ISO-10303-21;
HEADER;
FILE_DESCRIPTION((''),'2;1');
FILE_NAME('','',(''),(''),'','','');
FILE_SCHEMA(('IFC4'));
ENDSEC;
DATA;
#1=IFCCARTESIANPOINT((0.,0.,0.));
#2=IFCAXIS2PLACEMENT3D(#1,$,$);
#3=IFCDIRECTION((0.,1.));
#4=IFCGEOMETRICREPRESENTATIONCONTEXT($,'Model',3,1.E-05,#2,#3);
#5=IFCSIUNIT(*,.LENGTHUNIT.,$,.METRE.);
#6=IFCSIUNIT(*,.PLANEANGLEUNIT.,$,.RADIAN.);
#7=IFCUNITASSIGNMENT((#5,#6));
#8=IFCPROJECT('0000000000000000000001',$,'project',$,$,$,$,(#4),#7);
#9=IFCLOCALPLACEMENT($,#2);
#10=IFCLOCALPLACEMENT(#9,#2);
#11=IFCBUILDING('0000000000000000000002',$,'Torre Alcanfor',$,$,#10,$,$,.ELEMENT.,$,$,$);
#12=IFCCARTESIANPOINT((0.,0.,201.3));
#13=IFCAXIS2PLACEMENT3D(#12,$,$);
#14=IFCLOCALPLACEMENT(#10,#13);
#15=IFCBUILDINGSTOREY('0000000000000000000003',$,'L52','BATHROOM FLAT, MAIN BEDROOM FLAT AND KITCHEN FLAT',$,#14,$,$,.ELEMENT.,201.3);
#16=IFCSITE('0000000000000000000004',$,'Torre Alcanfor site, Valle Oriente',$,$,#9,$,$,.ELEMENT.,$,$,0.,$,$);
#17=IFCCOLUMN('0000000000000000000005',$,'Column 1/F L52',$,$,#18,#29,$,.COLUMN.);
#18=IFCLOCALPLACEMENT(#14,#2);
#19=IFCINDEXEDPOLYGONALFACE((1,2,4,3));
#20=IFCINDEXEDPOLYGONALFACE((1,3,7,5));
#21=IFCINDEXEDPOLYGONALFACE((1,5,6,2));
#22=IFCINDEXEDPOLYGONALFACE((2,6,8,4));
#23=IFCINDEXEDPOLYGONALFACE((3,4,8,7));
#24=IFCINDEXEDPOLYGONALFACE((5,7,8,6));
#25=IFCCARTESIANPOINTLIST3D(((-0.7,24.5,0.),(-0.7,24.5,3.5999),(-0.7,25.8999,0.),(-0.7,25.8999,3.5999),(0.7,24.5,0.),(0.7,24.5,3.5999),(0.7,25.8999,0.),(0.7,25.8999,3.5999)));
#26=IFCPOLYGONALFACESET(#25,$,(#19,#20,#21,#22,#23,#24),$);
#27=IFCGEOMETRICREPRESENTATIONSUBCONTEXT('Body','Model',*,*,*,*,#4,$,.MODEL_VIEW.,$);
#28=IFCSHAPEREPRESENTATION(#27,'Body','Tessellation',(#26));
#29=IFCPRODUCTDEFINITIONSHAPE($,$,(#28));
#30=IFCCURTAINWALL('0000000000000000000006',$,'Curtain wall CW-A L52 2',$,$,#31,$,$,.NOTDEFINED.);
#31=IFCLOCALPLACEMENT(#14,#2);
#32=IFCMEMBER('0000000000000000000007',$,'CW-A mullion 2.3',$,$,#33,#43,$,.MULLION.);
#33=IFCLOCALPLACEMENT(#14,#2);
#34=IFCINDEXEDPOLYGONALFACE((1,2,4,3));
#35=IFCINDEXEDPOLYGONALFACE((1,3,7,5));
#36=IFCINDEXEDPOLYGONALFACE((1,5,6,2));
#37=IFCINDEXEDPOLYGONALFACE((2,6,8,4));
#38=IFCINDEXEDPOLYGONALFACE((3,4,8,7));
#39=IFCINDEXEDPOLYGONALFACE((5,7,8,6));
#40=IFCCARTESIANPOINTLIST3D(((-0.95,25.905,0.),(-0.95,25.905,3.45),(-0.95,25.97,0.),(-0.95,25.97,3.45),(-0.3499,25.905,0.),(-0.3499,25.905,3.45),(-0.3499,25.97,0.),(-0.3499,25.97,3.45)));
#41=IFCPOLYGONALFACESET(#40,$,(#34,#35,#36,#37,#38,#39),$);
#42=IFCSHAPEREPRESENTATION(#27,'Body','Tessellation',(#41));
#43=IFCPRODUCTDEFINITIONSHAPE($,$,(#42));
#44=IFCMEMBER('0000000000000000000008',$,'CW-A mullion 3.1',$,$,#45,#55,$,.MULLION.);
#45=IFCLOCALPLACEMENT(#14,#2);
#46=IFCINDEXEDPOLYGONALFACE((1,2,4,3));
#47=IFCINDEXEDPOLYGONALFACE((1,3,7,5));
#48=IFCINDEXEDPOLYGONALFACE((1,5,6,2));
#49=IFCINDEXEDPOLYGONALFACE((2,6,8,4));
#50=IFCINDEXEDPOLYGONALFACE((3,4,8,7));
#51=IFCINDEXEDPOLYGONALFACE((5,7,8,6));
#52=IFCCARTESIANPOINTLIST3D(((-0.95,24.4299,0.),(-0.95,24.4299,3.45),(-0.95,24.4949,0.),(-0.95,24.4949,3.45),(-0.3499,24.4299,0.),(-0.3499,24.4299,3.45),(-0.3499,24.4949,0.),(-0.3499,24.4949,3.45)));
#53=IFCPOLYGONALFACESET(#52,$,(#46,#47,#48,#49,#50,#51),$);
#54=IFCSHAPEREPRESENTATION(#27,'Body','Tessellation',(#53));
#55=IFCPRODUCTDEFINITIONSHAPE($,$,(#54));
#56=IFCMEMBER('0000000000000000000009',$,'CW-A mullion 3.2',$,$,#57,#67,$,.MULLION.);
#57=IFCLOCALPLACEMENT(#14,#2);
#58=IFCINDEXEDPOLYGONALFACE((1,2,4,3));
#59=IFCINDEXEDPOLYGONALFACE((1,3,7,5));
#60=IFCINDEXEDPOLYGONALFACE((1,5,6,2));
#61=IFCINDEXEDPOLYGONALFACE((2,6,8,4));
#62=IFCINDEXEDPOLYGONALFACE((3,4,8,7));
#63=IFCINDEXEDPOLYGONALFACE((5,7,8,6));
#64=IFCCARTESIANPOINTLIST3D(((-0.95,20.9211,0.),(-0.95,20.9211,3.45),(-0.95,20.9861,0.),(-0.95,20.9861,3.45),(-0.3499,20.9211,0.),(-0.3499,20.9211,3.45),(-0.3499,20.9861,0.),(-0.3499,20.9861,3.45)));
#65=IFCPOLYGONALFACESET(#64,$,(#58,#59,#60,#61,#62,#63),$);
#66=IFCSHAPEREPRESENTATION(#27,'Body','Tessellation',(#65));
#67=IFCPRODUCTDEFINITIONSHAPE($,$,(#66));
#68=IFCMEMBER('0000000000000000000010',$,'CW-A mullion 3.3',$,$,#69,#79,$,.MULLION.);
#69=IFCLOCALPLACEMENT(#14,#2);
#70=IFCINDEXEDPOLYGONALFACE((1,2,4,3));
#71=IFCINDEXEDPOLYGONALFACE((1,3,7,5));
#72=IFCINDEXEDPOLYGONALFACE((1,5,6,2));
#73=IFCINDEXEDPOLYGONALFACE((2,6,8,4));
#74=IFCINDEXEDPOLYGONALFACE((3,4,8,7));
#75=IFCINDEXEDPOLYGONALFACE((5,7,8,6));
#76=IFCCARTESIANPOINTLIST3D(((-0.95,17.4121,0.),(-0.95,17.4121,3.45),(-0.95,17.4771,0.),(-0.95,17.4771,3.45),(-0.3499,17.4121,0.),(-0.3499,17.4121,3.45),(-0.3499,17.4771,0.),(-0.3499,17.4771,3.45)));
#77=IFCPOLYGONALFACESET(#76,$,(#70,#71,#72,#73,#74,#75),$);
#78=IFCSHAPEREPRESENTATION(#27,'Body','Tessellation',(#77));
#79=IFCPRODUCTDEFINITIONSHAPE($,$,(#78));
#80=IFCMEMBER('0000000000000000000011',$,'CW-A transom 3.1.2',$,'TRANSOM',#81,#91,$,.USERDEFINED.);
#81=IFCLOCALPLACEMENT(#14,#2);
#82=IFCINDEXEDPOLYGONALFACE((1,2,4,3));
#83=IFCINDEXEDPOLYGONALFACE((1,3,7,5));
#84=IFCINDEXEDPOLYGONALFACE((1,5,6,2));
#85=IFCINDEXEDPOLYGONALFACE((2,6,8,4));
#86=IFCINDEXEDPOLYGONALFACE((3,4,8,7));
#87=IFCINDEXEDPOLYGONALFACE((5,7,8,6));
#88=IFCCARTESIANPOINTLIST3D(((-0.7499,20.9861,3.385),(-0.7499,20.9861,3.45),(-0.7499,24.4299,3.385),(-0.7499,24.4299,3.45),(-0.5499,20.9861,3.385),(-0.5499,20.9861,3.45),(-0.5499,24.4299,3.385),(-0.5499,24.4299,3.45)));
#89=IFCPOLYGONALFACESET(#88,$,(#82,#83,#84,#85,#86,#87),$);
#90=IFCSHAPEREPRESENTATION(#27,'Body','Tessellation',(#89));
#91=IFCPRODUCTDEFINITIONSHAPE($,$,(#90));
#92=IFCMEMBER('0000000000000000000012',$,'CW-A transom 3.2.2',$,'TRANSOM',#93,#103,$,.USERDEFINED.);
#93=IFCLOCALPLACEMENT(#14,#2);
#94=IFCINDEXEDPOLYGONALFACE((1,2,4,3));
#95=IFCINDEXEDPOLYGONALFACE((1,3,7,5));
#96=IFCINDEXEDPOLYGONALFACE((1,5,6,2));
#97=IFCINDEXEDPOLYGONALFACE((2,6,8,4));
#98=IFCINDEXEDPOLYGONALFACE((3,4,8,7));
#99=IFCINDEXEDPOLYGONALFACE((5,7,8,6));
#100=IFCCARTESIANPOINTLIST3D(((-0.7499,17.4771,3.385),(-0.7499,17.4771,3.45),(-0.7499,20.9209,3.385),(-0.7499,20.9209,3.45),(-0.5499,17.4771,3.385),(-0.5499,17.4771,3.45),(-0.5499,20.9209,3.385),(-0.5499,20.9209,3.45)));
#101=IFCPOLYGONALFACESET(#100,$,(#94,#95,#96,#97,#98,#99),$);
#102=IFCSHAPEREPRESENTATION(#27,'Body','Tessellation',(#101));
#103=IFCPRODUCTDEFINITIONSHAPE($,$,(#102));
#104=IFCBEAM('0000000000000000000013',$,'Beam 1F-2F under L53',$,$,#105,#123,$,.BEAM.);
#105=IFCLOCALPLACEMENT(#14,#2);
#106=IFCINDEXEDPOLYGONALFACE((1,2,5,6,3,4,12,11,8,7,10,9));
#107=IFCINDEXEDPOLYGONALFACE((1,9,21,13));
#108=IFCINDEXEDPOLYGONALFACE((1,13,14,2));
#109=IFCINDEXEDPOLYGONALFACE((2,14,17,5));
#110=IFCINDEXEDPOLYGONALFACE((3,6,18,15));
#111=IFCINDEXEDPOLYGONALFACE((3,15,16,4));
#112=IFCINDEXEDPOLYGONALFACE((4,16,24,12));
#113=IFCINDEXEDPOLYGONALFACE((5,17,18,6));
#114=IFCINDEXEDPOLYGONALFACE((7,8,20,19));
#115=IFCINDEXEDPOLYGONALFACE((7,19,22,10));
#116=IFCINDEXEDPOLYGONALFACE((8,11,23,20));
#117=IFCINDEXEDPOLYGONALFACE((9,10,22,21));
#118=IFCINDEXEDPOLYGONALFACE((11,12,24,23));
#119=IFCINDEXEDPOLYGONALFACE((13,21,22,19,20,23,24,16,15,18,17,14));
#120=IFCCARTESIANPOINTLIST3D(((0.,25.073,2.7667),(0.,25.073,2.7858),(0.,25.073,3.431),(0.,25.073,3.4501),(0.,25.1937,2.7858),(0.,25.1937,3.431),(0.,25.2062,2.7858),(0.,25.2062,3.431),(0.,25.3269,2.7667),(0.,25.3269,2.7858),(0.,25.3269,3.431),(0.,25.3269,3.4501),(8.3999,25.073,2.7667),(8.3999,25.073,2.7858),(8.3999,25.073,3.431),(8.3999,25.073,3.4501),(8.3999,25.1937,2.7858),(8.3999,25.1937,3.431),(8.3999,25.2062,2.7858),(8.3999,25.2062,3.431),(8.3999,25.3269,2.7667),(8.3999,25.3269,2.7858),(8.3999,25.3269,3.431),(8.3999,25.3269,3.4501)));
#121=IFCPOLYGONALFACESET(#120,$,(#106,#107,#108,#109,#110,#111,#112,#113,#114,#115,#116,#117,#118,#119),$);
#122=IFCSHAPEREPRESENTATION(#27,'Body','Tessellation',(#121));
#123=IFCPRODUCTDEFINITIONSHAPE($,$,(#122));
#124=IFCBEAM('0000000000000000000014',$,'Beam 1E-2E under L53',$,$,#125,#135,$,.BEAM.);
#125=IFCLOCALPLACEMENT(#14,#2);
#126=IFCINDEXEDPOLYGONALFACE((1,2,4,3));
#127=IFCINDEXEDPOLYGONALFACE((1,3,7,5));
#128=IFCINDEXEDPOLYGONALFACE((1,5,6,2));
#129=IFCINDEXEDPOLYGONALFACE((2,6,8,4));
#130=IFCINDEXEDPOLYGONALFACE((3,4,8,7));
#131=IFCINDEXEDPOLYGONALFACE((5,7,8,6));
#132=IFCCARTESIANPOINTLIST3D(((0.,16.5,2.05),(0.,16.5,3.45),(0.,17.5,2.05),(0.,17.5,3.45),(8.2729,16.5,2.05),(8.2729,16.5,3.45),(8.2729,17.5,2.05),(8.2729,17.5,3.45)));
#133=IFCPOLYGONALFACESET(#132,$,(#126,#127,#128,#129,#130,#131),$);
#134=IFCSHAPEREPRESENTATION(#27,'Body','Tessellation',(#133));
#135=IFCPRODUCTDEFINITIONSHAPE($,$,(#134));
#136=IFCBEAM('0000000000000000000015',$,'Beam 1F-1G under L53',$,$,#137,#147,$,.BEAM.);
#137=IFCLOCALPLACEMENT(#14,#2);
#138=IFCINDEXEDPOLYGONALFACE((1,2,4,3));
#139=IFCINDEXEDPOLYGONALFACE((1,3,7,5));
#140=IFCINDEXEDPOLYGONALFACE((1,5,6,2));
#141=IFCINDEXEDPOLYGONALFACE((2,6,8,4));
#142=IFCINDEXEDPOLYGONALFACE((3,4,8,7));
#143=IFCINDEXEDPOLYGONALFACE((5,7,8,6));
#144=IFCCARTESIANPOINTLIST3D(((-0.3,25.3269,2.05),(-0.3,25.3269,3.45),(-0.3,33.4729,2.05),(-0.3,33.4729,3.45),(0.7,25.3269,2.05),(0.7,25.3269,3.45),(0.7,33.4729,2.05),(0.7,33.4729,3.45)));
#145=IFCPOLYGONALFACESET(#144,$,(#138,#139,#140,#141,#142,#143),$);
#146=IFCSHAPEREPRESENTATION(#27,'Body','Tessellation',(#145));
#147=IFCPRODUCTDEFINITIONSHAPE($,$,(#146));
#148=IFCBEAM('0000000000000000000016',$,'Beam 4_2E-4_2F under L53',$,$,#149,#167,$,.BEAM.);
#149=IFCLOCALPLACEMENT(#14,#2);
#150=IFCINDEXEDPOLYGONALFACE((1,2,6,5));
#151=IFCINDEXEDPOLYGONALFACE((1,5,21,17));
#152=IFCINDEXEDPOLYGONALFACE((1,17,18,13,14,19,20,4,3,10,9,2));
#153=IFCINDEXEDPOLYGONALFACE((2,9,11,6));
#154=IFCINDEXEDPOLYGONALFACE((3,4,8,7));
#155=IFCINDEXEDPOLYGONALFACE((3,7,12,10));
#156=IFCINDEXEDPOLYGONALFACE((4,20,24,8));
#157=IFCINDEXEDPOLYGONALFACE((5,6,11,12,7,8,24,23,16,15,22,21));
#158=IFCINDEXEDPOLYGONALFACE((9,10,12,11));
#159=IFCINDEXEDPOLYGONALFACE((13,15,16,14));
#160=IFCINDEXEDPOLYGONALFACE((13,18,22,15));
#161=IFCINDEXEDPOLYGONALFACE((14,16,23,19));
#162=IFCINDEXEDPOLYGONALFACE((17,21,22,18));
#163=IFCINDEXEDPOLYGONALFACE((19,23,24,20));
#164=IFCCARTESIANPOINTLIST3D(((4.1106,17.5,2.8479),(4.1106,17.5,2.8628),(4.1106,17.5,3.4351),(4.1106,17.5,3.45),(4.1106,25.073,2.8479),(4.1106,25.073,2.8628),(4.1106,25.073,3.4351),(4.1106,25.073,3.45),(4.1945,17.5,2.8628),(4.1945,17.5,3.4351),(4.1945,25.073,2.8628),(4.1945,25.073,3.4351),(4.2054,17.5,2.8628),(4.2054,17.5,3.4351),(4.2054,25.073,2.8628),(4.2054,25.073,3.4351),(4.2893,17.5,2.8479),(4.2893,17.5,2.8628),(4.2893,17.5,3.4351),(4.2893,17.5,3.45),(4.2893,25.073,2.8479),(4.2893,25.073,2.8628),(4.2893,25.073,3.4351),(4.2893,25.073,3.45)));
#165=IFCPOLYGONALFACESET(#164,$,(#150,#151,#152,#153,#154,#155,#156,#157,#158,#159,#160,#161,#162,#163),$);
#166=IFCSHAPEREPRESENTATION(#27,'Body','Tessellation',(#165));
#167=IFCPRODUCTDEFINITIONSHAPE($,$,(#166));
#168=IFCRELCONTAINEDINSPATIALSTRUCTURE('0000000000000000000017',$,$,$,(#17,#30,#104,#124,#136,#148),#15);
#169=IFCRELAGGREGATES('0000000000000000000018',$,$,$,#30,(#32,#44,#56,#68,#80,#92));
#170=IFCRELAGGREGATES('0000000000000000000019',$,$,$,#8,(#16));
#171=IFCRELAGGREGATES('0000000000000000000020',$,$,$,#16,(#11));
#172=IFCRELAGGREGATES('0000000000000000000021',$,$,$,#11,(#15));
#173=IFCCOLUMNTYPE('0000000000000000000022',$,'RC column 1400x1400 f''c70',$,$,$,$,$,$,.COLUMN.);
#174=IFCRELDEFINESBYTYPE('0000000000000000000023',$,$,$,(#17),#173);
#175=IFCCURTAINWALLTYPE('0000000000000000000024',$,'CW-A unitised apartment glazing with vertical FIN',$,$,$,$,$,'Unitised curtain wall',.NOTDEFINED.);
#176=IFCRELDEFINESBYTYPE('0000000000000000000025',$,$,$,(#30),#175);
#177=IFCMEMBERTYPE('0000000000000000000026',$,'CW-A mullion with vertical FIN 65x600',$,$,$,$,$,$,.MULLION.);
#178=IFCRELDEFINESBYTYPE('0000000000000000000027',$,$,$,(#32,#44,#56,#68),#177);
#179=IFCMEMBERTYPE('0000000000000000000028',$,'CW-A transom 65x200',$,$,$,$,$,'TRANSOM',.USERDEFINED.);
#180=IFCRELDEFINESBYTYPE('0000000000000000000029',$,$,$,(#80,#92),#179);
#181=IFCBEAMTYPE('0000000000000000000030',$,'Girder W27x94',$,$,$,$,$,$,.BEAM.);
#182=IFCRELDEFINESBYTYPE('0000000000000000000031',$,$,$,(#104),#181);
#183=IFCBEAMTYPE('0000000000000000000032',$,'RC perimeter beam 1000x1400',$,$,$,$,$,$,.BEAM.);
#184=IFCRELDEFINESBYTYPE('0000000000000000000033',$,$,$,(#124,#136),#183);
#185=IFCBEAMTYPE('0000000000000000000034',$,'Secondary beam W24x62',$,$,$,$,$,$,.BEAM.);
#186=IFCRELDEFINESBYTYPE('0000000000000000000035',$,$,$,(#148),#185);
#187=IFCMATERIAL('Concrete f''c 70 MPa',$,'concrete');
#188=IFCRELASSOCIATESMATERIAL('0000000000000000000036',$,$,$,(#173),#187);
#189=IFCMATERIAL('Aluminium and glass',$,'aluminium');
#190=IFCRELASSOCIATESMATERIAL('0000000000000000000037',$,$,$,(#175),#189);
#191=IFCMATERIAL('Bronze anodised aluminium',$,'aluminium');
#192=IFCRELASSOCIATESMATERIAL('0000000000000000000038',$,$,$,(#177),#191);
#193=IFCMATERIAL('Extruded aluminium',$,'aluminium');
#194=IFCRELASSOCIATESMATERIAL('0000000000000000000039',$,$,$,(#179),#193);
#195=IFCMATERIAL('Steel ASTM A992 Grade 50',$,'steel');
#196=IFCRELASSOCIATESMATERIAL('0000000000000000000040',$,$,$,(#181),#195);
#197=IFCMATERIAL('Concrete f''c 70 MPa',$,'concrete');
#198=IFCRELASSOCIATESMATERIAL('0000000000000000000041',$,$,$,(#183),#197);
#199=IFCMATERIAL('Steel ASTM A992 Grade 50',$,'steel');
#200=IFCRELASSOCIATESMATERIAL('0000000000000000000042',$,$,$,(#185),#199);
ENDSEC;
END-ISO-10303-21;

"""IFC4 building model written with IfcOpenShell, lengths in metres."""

from ifc_helpers import new_model, si_unit, direction, frame, origin, origin_2d, place, context, subcontext, project, spatial, rectangle, i_section, extrude, material, material_profile, profile_set, type_object, element, aggregate, save


model = new_model("IFC4")

# Units and contexts
model_context = context("Model", 3, precision=1e-05, world=origin(), true_north=direction((0.0, 1.0)))
body_context = subcontext(model_context, "Body", "Model", "MODEL_VIEW")
ifc_project = project(units=[si_unit("LENGTHUNIT", "METRE"), si_unit("PLANEANGLEUNIT", "RADIAN")], contexts=[model_context])

# Site, building, storey
site_placement = place(None, origin())
site = spatial("IfcSite", under=ifc_project, at=site_placement, Name="Torre Alcanfor site, Valle Oriente", CompositionType="ELEMENT", RefElevation=0.0)
building_placement = place(site_placement, origin())
building = spatial("IfcBuilding", under=site, at=building_placement, Name="Torre Alcanfor", CompositionType="ELEMENT")
storey_placement = place(building_placement, frame((0.0, 0.0, 201.3)))
storey = spatial("IfcBuildingStorey", under=building, at=storey_placement, Name="L52", Description="BATHROOM FLAT, MAIN BEDROOM FLAT AND KITCHEN FLAT", CompositionType="ELEMENT", Elevation=201.3)

# Column
ifc_material_1 = material(Name="Concrete f'c 70 MPa", Category="concrete")
ifc_material_profile_1 = material_profile(ifc_material_1, rectangle(XDim=1.3999, YDim=1.3999, at=origin_2d()), Name="1400x1400")
ifc_profile_set_1 = profile_set([ifc_material_profile_1], Name="Concrete f'c 70 MPa")
column_type = type_object("IfcColumnType", Name="RC column 1400x1400 f'c70", PredefinedType="COLUMN", material=ifc_profile_set_1)
column_placement = place(storey_placement, frame((0.0, 25.2, 0.0), z_axis=(0.0, 0.0, 1.0), x_axis=(1.0, 0.0, 0.0)))
element("IfcColumn", 1, at=column_placement, inside=storey, type_object=column_type, Name="Column 1/F L52", PredefinedType="COLUMN", context=body_context, shape_type="SweptSolid", body=[
    extrude(rectangle(XDim=1.3999, YDim=1.3999, at=origin_2d()), origin(), (0.0, 0.0, 1.0), 3.5999),
])

# Curtain wall, members
ifc_material_2 = material(Name="Aluminium and glass", Category="aluminium")
curtain_wall_type = type_object("IfcCurtainWallType", Name="CW-A unitised apartment glazing with vertical FIN", ElementType="Unitised curtain wall", PredefinedType="NOTDEFINED", material=ifc_material_2)
curtain_wall_placement = place(storey_placement, origin())
curtain_wall = element("IfcCurtainWall", 2, at=curtain_wall_placement, inside=storey, type_object=curtain_wall_type, Name="Curtain wall CW-A L52 2", PredefinedType="NOTDEFINED")
ifc_material_3 = material(Name="Bronze anodised aluminium", Category="aluminium")
ifc_material_profile_2 = material_profile(ifc_material_3, rectangle(XDim=0.6001, YDim=0.0649, at=origin_2d()), Name="CW-A mullion 65x600")
ifc_profile_set_2 = profile_set([ifc_material_profile_2], Name="Bronze anodised aluminium")
member_type_1 = type_object("IfcMemberType", Name="CW-A mullion with vertical FIN 65x600", PredefinedType="MULLION", material=ifc_profile_set_2)
member_1_placement = place(storey_placement, frame((-0.6499, 25.9375, 0.0), z_axis=(0.0, 0.0, 1.0), x_axis=(1.0, 0.0, 0.0)))
member_1 = element("IfcMember", 3, at=member_1_placement, type_object=member_type_1, Name="CW-A mullion 2.3", PredefinedType="MULLION", context=body_context, shape_type="SweptSolid", body=[
    extrude(rectangle(XDim=0.6001, YDim=0.0649, at=origin_2d()), origin(), (0.0, 0.0, 1.0), 3.45),
])
member_2_placement = place(storey_placement, frame((-0.6499, 24.4624, 0.0), z_axis=(0.0, 0.0, 1.0), x_axis=(1.0, 0.0, 0.0)))
member_2 = element("IfcMember", 4, at=member_2_placement, type_object=member_type_1, Name="CW-A mullion 3.1", PredefinedType="MULLION", context=body_context, shape_type="SweptSolid", body=[
    extrude(rectangle(XDim=0.6001, YDim=0.0649, at=origin_2d()), origin(), (0.0, 0.0, 1.0), 3.45),
])
member_3_placement = place(storey_placement, frame((-0.6499, 20.9536, 0.0), z_axis=(0.0, 0.0, 1.0), x_axis=(1.0, 0.0, 0.0)))
member_3 = element("IfcMember", 5, at=member_3_placement, type_object=member_type_1, Name="CW-A mullion 3.2", PredefinedType="MULLION", context=body_context, shape_type="SweptSolid", body=[
    extrude(rectangle(XDim=0.6001, YDim=0.0649, at=origin_2d()), origin(), (0.0, 0.0, 1.0), 3.45),
])
member_4_placement = place(storey_placement, frame((-0.6499, 17.4446, 0.0), z_axis=(0.0, 0.0, 1.0), x_axis=(1.0, 0.0, 0.0)))
member_4 = element("IfcMember", 6, at=member_4_placement, type_object=member_type_1, Name="CW-A mullion 3.3", PredefinedType="MULLION", context=body_context, shape_type="SweptSolid", body=[
    extrude(rectangle(XDim=0.6001, YDim=0.0649, at=origin_2d()), origin(), (0.0, 0.0, 1.0), 3.45),
])
ifc_material_4 = material(Name="Extruded aluminium", Category="aluminium")
ifc_material_profile_3 = material_profile(ifc_material_4, rectangle(XDim=0.2, YDim=0.0649, at=origin_2d()), Name="CW-A transom 200x65")
ifc_profile_set_3 = profile_set([ifc_material_profile_3], Name="Extruded aluminium")
member_type_2 = type_object("IfcMemberType", Name="CW-A transom 65x200", ElementType="TRANSOM", PredefinedType="USERDEFINED", material=ifc_profile_set_3)
member_5_placement = place(storey_placement, frame((-0.6499, 24.4299, 3.4175), z_axis=(0.0, -1.0, 0.0), x_axis=(1.0, 0.0, 0.0)))
member_5 = element("IfcMember", 7, at=member_5_placement, type_object=member_type_2, Name="CW-A transom 3.1.2", ObjectType="TRANSOM", PredefinedType="USERDEFINED", context=body_context, shape_type="SweptSolid", body=[
    extrude(rectangle(XDim=0.2, YDim=0.0649, at=origin_2d()), origin(), (0.0, 0.0, 1.0), 3.4438),
])
member_6_placement = place(storey_placement, frame((-0.6499, 20.9209, 3.4175), z_axis=(0.0, -1.0, 0.0), x_axis=(1.0, 0.0, 0.0)))
member_6 = element("IfcMember", 8, at=member_6_placement, type_object=member_type_2, Name="CW-A transom 3.2.2", ObjectType="TRANSOM", PredefinedType="USERDEFINED", context=body_context, shape_type="SweptSolid", body=[
    extrude(rectangle(XDim=0.2, YDim=0.0649, at=origin_2d()), origin(), (0.0, 0.0, 1.0), 3.4438),
])

# Beams
ifc_material_5 = material(Name="Steel ASTM A992 Grade 50", Category="steel")
ifc_material_profile_4 = material_profile(ifc_material_5, i_section(OverallWidth=0.2539, OverallDepth=0.6833, WebThickness=0.0125, FlangeThickness=0.019, at=origin_2d()), Name="W27x94")
ifc_profile_set_4 = profile_set([ifc_material_profile_4], Name="Steel ASTM A992 Grade 50")
beam_type_1 = type_object("IfcBeamType", Name="Girder W27x94", PredefinedType="BEAM", material=ifc_profile_set_4)
beam_1_placement = place(storey_placement, frame((0.0, 25.2, 3.1084), z_axis=(1.0, 0.0, 0.0), x_axis=(0.0, 1.0, 0.0)))
element("IfcBeam", 9, at=beam_1_placement, inside=storey, type_object=beam_type_1, Name="Beam 1F-2F under L53", PredefinedType="BEAM", context=body_context, shape_type="SweptSolid", body=[
    extrude(i_section(OverallWidth=0.2539, OverallDepth=0.6833, WebThickness=0.0125, FlangeThickness=0.019, at=origin_2d()), origin(), (0.0, 0.0, 1.0), 8.3999),
])
ifc_material_6 = material(Name="Concrete f'c 70 MPa", Category="concrete")
ifc_material_profile_5 = material_profile(ifc_material_6, rectangle(XDim=1.0, YDim=1.3999, at=origin_2d()), Name="1000x1400")
ifc_profile_set_5 = profile_set([ifc_material_profile_5], Name="Concrete f'c 70 MPa")
beam_type_2 = type_object("IfcBeamType", Name="RC perimeter beam 1000x1400", PredefinedType="BEAM", material=ifc_profile_set_5)
beam_2_placement = place(storey_placement, frame((0.0, 17.0, 2.75), z_axis=(1.0, 0.0, 0.0), x_axis=(0.0, 1.0, 0.0)))
element("IfcBeam", 10, at=beam_2_placement, inside=storey, type_object=beam_type_2, Name="Beam 1E-2E under L53", PredefinedType="BEAM", context=body_context, shape_type="SweptSolid", body=[
    extrude(rectangle(XDim=1.0, YDim=1.3999, at=origin_2d()), origin(), (0.0, 0.0, 1.0), 8.2729),
])
beam_3_placement = place(storey_placement, frame((0.2, 25.3269, 2.75), z_axis=(0.0, 1.0, 0.0), x_axis=(-1.0, 0.0, 0.0)))
element("IfcBeam", 11, at=beam_3_placement, inside=storey, type_object=beam_type_2, Name="Beam 1F-1G under L53", PredefinedType="BEAM", context=body_context, shape_type="SweptSolid", body=[
    extrude(rectangle(XDim=1.0, YDim=1.3999, at=origin_2d()), origin(), (0.0, 0.0, 1.0), 8.146),
])
ifc_material_7 = material(Name="Steel ASTM A992 Grade 50", Category="steel")
ifc_material_profile_6 = material_profile(ifc_material_7, i_section(OverallWidth=0.1787, OverallDepth=0.6021, WebThickness=0.011, FlangeThickness=0.0149, at=origin_2d()), Name="W24x62")
ifc_profile_set_6 = profile_set([ifc_material_profile_6], Name="Steel ASTM A992 Grade 50")
beam_type_3 = type_object("IfcBeamType", Name="Secondary beam W24x62", PredefinedType="BEAM", material=ifc_profile_set_6)
beam_4_placement = place(storey_placement, frame((4.2, 17.5, 3.1489), z_axis=(0.0, 1.0, 0.0), x_axis=(-1.0, 0.0, 0.0)))
element("IfcBeam", 12, at=beam_4_placement, inside=storey, type_object=beam_type_3, Name="Beam 4_2E-4_2F under L53", PredefinedType="BEAM", context=body_context, shape_type="SweptSolid", body=[
    extrude(i_section(OverallWidth=0.1787, OverallDepth=0.6021, WebThickness=0.011, FlangeThickness=0.0149, at=origin_2d()), origin(), (0.0, 0.0, 1.0), 7.573),
])

aggregate(curtain_wall, [member_1, member_2, member_3, member_4, member_5, member_6])

save(model, "model.ifc")
